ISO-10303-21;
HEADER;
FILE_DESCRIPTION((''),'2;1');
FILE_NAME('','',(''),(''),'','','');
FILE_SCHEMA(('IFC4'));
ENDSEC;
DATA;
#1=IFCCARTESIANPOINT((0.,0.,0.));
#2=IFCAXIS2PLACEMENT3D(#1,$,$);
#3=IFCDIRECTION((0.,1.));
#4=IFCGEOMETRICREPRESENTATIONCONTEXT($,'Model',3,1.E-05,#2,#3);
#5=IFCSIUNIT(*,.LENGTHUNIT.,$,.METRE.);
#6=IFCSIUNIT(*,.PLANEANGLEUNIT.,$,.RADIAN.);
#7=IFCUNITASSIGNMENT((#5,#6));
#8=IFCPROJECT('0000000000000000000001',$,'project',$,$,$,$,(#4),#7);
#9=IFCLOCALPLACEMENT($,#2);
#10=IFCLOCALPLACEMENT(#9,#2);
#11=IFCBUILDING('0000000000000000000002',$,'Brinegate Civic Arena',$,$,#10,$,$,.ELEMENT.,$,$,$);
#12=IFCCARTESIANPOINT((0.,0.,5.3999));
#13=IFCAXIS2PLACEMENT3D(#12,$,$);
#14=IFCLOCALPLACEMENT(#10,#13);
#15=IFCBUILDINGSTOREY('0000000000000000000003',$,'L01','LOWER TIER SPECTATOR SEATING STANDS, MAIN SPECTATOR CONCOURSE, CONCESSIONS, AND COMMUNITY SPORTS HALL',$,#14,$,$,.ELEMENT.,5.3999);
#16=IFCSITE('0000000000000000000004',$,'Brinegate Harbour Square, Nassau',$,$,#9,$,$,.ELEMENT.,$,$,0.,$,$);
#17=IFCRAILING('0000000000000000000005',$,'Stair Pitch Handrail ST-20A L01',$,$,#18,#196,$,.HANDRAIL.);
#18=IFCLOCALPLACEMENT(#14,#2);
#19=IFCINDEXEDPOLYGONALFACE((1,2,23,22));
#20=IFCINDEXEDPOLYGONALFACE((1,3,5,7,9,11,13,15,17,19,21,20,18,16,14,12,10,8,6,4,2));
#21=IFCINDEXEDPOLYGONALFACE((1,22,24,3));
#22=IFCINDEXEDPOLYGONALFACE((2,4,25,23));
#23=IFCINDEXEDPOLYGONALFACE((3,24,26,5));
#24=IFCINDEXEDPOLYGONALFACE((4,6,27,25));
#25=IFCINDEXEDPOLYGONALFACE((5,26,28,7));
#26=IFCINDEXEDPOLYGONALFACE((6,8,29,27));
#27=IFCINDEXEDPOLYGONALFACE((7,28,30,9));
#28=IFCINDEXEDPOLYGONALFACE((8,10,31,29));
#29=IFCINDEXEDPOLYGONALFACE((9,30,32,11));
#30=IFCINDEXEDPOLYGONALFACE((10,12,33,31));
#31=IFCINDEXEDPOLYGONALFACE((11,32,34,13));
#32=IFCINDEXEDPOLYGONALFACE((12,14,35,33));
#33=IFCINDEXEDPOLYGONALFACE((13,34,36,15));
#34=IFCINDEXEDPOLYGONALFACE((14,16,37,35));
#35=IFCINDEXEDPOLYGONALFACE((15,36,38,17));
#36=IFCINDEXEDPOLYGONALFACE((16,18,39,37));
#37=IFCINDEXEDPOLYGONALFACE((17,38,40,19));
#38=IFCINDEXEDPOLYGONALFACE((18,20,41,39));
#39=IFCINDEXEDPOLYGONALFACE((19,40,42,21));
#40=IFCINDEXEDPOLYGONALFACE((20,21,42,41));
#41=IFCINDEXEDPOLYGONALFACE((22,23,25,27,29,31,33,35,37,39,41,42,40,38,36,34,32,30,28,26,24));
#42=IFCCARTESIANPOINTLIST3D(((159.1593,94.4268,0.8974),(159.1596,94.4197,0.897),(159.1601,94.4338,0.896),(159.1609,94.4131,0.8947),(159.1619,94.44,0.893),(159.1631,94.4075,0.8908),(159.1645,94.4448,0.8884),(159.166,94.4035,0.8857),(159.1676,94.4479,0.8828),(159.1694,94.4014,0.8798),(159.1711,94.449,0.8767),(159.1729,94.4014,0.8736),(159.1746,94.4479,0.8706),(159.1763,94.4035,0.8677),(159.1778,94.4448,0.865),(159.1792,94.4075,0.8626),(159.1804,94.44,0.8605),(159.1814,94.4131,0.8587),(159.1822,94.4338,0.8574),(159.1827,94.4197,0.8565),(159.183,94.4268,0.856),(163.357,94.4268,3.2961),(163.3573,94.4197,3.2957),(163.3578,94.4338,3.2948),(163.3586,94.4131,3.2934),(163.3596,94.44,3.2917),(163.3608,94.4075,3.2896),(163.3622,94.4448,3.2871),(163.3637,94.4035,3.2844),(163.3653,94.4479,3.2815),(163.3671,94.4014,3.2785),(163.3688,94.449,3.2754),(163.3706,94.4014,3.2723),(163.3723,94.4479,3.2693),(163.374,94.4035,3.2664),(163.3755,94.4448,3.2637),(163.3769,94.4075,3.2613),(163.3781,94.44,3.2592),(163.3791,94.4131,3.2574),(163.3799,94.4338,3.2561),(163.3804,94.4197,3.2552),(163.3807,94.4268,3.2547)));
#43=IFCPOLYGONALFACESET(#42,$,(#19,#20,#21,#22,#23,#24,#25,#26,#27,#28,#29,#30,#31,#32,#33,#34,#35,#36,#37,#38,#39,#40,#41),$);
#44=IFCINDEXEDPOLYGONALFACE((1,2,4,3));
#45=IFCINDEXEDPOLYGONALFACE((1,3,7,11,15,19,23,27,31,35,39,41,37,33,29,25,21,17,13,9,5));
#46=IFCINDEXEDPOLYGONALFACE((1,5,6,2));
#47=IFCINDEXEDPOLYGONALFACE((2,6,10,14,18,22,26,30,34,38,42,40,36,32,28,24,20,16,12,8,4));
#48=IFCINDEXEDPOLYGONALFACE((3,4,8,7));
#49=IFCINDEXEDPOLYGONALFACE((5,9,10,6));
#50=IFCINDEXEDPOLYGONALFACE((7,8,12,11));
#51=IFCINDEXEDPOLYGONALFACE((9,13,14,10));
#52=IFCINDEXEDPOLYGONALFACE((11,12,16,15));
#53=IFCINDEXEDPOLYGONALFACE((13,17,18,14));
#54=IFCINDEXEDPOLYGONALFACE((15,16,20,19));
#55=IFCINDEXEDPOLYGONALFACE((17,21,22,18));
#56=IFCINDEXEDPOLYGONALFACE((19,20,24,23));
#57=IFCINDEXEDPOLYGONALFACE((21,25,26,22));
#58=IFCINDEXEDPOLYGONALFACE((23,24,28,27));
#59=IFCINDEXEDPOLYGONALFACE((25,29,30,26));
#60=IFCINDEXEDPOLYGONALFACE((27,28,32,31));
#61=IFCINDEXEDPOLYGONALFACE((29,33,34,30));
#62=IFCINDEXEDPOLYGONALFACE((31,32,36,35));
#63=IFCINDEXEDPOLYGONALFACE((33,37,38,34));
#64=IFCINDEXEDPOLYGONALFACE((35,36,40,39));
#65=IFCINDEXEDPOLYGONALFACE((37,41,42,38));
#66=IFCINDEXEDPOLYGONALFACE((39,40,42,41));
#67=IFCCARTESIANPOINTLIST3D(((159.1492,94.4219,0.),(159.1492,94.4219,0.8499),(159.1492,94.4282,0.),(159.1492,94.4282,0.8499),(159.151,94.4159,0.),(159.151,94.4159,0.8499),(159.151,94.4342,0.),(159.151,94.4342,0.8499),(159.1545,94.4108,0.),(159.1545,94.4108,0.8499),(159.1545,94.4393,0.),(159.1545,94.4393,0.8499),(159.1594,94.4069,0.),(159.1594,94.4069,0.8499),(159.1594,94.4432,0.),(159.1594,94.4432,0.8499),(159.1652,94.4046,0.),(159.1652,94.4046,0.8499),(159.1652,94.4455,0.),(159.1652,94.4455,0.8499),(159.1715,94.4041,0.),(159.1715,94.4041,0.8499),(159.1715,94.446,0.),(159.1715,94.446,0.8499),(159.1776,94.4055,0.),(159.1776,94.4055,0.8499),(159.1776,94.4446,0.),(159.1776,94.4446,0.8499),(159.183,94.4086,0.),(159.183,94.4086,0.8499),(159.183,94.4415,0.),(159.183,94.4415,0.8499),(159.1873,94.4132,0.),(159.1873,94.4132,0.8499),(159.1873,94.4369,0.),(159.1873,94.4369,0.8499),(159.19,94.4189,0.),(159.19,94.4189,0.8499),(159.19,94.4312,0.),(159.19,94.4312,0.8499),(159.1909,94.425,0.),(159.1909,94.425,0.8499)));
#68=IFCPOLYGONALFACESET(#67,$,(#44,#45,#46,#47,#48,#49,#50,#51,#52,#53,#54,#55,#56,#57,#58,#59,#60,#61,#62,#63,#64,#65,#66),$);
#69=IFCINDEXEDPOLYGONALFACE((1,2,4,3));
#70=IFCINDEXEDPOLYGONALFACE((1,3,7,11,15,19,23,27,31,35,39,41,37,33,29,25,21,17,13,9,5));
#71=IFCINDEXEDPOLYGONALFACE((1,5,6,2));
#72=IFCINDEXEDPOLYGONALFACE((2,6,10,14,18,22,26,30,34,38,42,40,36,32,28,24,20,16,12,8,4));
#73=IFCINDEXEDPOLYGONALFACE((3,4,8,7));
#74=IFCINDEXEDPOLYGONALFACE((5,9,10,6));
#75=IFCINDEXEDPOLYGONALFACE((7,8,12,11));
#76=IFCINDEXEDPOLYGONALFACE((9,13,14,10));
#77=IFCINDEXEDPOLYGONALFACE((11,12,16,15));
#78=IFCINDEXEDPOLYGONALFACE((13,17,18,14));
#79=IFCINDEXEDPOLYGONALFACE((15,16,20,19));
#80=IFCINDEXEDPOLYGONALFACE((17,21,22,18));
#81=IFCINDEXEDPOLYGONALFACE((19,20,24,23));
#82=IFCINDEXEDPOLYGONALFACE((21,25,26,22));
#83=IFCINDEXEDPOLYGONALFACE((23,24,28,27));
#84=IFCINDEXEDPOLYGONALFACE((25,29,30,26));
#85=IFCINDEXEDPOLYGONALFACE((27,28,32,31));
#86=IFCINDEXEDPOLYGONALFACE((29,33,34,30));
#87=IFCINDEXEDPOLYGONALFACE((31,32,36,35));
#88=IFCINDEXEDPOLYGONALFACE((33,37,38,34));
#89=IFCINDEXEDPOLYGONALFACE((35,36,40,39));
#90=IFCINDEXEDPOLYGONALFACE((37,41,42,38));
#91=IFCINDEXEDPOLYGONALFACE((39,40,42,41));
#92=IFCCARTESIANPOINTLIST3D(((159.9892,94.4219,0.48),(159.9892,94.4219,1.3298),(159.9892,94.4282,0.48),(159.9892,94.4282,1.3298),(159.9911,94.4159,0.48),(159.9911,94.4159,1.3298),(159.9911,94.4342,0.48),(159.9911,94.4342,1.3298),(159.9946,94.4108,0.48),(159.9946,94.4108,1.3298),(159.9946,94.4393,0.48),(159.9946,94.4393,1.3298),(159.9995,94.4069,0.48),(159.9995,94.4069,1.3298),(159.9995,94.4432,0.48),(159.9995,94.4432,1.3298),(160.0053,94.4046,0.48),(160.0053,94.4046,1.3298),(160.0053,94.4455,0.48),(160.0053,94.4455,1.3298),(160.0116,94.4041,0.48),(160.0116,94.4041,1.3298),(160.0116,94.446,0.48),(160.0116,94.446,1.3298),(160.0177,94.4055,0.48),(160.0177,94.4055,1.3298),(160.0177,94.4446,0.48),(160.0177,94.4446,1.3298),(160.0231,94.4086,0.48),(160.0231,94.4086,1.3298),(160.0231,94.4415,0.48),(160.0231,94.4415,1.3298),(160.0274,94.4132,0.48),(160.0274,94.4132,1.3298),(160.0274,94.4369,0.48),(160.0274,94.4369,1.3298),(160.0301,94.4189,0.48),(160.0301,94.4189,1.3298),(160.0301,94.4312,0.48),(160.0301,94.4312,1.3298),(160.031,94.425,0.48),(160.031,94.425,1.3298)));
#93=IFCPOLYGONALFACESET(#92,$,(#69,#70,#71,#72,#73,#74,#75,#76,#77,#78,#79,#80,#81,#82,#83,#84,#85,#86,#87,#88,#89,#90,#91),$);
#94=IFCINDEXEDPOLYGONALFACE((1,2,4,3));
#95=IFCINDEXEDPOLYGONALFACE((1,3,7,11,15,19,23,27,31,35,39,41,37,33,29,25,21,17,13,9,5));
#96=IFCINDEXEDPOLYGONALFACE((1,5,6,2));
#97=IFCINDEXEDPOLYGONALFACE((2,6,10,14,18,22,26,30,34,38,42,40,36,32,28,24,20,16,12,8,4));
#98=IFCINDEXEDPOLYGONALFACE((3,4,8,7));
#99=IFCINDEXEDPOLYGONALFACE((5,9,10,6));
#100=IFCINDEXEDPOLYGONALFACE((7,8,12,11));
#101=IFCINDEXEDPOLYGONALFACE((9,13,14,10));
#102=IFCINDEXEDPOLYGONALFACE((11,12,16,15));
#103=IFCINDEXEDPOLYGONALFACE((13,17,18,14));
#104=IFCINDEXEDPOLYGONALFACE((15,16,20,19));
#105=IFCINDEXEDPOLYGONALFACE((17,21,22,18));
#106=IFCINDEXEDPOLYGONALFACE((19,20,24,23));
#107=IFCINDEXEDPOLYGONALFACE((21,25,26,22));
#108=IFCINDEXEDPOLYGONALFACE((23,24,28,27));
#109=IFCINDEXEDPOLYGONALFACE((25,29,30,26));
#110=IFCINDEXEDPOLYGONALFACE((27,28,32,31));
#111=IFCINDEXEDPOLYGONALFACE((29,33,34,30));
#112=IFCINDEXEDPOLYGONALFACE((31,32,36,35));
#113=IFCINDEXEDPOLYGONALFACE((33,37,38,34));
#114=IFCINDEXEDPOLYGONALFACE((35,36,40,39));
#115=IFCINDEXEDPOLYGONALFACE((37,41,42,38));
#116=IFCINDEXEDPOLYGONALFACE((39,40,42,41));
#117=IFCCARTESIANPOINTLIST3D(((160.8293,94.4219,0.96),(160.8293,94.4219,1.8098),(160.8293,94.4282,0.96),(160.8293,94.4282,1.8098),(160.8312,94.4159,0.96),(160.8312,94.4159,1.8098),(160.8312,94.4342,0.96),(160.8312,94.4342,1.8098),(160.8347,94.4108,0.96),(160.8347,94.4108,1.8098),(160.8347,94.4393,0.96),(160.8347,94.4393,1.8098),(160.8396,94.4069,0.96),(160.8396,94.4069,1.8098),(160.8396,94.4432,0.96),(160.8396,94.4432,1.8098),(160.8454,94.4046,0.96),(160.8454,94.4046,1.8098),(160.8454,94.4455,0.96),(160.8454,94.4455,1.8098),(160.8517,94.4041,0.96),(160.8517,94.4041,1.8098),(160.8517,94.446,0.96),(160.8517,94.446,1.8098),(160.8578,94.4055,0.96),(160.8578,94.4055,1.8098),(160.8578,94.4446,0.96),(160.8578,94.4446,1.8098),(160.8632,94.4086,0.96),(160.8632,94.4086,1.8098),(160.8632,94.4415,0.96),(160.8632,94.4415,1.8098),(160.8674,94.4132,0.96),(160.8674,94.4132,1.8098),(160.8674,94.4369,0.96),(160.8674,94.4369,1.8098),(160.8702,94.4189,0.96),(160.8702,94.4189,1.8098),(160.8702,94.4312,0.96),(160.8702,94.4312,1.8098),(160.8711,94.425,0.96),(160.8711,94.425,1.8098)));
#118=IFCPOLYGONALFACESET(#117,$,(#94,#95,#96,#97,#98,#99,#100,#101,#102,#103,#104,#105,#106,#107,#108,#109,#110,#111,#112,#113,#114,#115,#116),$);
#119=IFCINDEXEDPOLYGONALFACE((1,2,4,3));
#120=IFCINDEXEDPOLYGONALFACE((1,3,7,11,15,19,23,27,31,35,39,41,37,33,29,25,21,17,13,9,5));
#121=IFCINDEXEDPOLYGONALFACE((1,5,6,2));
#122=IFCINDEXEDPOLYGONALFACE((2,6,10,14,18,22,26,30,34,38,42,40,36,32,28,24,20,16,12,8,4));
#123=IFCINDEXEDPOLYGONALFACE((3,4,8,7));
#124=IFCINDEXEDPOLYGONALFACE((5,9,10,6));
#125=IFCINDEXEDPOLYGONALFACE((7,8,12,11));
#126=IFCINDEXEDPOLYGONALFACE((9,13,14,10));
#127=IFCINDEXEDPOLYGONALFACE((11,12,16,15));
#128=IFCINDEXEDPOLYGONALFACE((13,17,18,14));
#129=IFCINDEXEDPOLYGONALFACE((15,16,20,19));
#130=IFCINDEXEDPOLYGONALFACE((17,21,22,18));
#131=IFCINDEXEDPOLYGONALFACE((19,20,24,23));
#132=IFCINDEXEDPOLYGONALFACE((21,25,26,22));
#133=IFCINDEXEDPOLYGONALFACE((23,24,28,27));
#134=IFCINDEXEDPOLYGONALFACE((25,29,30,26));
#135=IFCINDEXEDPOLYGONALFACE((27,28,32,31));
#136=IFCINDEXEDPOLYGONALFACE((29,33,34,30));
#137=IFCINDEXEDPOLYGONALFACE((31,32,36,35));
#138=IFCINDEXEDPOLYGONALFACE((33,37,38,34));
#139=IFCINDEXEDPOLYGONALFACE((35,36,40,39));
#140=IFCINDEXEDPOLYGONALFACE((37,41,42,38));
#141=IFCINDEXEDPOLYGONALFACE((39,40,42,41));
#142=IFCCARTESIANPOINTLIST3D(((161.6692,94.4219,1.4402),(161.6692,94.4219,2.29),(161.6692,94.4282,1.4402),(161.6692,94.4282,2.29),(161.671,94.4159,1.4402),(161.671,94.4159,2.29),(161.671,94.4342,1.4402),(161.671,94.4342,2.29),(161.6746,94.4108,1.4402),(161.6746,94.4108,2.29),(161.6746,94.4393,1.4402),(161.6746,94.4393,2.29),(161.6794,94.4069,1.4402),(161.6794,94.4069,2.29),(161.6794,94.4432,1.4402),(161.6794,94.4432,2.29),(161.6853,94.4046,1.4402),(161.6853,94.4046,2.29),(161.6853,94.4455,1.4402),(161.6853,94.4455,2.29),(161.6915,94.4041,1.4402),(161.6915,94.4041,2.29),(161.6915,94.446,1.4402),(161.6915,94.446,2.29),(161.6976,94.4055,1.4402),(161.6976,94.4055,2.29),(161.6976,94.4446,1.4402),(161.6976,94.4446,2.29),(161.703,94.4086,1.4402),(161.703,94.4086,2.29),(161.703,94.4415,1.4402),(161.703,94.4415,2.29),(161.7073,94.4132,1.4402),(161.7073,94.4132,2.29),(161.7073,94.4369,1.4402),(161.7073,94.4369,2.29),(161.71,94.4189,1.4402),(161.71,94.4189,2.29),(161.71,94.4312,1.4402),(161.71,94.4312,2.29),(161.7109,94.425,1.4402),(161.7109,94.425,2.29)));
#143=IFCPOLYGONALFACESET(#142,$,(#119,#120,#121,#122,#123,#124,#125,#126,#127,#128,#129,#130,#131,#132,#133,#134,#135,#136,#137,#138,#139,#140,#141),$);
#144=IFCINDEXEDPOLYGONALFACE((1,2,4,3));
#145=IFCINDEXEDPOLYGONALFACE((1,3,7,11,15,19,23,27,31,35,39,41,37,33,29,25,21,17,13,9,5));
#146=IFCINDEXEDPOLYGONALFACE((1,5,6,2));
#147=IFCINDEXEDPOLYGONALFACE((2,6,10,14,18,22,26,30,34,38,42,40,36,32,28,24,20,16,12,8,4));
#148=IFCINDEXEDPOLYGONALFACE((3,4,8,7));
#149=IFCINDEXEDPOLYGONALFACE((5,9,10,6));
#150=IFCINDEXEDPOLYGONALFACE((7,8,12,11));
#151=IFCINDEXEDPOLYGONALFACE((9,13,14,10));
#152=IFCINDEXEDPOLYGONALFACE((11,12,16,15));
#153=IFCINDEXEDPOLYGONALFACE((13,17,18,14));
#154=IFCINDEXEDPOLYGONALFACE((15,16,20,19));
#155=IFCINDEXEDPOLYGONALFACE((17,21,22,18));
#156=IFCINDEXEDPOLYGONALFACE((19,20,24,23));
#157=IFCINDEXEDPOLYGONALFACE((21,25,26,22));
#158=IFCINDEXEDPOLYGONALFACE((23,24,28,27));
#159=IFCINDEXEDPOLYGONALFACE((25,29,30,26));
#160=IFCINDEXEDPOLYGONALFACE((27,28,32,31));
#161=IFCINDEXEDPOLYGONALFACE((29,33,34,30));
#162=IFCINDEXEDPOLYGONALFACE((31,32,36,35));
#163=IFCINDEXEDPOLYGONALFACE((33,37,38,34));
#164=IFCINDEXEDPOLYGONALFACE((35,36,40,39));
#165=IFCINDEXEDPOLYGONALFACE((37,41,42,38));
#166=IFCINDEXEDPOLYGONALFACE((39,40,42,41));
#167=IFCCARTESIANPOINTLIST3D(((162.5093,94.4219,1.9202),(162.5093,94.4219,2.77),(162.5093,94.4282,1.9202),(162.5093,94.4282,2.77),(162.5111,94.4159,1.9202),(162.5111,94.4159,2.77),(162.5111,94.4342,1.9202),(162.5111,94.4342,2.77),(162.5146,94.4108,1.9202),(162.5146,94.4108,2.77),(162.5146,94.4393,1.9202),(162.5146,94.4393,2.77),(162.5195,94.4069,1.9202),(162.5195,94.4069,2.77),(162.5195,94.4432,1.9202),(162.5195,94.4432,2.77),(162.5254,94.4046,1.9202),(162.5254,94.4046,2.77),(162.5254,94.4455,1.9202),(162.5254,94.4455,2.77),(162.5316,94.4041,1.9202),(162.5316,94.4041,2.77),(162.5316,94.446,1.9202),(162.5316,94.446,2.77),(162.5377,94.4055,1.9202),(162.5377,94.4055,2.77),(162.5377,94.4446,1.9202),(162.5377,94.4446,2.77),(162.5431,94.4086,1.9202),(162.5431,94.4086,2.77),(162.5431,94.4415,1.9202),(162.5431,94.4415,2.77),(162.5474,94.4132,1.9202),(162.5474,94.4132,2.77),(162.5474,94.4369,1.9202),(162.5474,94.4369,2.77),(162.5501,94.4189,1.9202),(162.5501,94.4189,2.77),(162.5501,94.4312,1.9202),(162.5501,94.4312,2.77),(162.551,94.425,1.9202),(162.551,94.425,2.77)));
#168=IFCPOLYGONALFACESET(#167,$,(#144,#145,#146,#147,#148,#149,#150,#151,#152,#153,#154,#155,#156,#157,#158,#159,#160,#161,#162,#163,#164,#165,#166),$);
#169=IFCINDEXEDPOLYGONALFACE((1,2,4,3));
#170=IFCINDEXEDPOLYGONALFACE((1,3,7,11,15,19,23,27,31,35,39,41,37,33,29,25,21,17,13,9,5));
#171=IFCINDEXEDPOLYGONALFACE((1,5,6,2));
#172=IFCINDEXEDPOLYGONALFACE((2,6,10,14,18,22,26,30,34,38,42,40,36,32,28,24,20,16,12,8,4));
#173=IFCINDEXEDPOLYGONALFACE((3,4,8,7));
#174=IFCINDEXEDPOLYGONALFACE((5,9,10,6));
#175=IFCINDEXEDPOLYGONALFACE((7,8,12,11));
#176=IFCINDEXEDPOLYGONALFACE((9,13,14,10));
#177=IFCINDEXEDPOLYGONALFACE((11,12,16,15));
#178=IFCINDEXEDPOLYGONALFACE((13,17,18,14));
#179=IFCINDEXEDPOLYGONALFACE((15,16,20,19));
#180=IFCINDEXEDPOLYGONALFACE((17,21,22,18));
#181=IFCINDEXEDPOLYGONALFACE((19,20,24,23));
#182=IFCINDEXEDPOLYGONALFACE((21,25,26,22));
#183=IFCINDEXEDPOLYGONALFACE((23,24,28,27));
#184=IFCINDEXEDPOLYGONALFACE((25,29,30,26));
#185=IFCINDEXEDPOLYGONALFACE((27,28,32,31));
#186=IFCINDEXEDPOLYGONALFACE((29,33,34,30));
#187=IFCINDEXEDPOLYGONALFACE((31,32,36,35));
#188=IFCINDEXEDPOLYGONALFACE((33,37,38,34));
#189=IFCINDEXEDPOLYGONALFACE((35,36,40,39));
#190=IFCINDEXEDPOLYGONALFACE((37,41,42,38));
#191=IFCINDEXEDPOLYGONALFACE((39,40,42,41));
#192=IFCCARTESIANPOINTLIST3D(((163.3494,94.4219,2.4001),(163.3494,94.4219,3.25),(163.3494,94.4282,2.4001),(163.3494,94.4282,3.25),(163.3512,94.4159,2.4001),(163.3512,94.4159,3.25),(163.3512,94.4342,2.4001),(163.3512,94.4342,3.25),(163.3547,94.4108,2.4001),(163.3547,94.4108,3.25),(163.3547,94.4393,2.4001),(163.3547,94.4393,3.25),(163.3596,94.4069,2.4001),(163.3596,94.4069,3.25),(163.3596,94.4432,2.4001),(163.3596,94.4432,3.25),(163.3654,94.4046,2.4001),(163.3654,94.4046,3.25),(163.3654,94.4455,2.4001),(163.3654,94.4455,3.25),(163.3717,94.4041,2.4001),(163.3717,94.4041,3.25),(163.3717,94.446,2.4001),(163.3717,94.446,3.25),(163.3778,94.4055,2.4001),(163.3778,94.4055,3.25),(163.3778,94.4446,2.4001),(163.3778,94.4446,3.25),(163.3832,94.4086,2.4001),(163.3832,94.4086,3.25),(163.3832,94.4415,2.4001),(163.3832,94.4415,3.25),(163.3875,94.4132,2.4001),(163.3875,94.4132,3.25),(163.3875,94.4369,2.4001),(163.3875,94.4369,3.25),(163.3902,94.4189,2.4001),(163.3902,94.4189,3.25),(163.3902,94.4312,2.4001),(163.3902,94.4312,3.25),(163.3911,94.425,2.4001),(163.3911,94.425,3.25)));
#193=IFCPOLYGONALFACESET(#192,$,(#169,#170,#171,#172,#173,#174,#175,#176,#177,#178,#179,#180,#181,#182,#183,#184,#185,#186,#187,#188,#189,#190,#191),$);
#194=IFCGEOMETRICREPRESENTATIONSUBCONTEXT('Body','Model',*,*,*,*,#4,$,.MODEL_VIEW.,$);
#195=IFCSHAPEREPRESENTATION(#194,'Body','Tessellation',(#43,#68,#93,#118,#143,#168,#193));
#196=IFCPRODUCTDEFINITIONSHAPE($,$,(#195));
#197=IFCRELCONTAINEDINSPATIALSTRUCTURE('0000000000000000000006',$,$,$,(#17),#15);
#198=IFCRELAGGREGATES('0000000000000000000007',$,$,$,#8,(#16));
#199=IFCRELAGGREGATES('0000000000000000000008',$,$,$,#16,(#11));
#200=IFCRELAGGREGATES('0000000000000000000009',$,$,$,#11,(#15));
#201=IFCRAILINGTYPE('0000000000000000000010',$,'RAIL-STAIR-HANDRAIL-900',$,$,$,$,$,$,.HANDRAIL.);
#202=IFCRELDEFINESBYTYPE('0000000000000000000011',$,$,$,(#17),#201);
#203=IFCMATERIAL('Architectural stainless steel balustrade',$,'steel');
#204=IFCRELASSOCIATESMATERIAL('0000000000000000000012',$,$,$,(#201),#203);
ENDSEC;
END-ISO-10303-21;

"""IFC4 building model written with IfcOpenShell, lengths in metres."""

from ifc_helpers import new_model, si_unit, direction, frame, origin, origin_2d, place, context, subcontext, project, spatial, circle, extrude, material, type_object, element, save


model = new_model("IFC4")

# Units and contexts
model_context = context("Model", 3, precision=1e-05, world=origin(), true_north=direction((0.0, 1.0)))
body_context = subcontext(model_context, "Body", "Model", "MODEL_VIEW")
ifc_project = project(units=[si_unit("LENGTHUNIT", "METRE"), si_unit("PLANEANGLEUNIT", "RADIAN")], contexts=[model_context])

# Site, building, storey
site_placement = place(None, origin())
site = spatial("IfcSite", under=ifc_project, at=site_placement, Name="Brinegate Harbour Square, Nassau", CompositionType="ELEMENT", RefElevation=0.0)
building_placement = place(site_placement, origin())
building = spatial("IfcBuilding", under=site, at=building_placement, Name="Brinegate Civic Arena", CompositionType="ELEMENT")
storey_placement = place(building_placement, frame((0.0, 0.0, 5.3999)))
storey = spatial("IfcBuildingStorey", under=building, at=storey_placement, Name="L01", Description="LOWER TIER SPECTATOR SEATING STANDS, MAIN SPECTATOR CONCOURSE, CONCESSIONS, AND COMMUNITY SPORTS HALL", CompositionType="ELEMENT", Elevation=5.3999)

# Railing
ifc_material_1 = material(Name="Architectural stainless steel balustrade", Category="steel")
railing_type_1 = type_object("IfcRailingType", Name="RAIL-STAIR-HANDRAIL-900", PredefinedType="HANDRAIL", material=ifc_material_1)
for number, where, name in (
    (1, (159.1699, 94.425, 0.0), "Stair Pitch Handrail ST-20A L01"),
):
    element("IfcRailing", number, at=place(storey_placement, frame(where)), inside=storey, type_object=railing_type_1, Name=name, PredefinedType="HANDRAIL", context=body_context, shape_type="SweptSolid", body=[
        extrude(circle(Radius=0.0239, at=origin_2d()), frame((0.0012, 0.0, 0.8767), z_axis=(0.86824, 0.0, 0.496144), x_axis=(0.0, 1.0, 0.0)), (0.0, 0.0, 1.0), 4.8347),
        extrude(circle(Radius=0.021, at=origin_2d()), origin(), (0.0, 0.0, 1.0), 0.8499),
        extrude(circle(Radius=0.021, at=origin_2d()), frame((0.8401, 0.0, 0.48)), (0.0, 0.0, 1.0), 0.8499),
        extrude(circle(Radius=0.021, at=origin_2d()), frame((1.6802, 0.0, 0.96)), (0.0, 0.0, 1.0), 0.8499),
        extrude(circle(Radius=0.021, at=origin_2d()), frame((2.52, 0.0, 1.4402)), (0.0, 0.0, 1.0), 0.8499),
        extrude(circle(Radius=0.021, at=origin_2d()), frame((3.3601, 0.0, 1.9202)), (0.0, 0.0, 1.0), 0.8499),
        extrude(circle(Radius=0.021, at=origin_2d()), frame((4.2002, 0.0, 2.4001)), (0.0, 0.0, 1.0), 0.8499),
    ])

save(model, "model.ifc")
